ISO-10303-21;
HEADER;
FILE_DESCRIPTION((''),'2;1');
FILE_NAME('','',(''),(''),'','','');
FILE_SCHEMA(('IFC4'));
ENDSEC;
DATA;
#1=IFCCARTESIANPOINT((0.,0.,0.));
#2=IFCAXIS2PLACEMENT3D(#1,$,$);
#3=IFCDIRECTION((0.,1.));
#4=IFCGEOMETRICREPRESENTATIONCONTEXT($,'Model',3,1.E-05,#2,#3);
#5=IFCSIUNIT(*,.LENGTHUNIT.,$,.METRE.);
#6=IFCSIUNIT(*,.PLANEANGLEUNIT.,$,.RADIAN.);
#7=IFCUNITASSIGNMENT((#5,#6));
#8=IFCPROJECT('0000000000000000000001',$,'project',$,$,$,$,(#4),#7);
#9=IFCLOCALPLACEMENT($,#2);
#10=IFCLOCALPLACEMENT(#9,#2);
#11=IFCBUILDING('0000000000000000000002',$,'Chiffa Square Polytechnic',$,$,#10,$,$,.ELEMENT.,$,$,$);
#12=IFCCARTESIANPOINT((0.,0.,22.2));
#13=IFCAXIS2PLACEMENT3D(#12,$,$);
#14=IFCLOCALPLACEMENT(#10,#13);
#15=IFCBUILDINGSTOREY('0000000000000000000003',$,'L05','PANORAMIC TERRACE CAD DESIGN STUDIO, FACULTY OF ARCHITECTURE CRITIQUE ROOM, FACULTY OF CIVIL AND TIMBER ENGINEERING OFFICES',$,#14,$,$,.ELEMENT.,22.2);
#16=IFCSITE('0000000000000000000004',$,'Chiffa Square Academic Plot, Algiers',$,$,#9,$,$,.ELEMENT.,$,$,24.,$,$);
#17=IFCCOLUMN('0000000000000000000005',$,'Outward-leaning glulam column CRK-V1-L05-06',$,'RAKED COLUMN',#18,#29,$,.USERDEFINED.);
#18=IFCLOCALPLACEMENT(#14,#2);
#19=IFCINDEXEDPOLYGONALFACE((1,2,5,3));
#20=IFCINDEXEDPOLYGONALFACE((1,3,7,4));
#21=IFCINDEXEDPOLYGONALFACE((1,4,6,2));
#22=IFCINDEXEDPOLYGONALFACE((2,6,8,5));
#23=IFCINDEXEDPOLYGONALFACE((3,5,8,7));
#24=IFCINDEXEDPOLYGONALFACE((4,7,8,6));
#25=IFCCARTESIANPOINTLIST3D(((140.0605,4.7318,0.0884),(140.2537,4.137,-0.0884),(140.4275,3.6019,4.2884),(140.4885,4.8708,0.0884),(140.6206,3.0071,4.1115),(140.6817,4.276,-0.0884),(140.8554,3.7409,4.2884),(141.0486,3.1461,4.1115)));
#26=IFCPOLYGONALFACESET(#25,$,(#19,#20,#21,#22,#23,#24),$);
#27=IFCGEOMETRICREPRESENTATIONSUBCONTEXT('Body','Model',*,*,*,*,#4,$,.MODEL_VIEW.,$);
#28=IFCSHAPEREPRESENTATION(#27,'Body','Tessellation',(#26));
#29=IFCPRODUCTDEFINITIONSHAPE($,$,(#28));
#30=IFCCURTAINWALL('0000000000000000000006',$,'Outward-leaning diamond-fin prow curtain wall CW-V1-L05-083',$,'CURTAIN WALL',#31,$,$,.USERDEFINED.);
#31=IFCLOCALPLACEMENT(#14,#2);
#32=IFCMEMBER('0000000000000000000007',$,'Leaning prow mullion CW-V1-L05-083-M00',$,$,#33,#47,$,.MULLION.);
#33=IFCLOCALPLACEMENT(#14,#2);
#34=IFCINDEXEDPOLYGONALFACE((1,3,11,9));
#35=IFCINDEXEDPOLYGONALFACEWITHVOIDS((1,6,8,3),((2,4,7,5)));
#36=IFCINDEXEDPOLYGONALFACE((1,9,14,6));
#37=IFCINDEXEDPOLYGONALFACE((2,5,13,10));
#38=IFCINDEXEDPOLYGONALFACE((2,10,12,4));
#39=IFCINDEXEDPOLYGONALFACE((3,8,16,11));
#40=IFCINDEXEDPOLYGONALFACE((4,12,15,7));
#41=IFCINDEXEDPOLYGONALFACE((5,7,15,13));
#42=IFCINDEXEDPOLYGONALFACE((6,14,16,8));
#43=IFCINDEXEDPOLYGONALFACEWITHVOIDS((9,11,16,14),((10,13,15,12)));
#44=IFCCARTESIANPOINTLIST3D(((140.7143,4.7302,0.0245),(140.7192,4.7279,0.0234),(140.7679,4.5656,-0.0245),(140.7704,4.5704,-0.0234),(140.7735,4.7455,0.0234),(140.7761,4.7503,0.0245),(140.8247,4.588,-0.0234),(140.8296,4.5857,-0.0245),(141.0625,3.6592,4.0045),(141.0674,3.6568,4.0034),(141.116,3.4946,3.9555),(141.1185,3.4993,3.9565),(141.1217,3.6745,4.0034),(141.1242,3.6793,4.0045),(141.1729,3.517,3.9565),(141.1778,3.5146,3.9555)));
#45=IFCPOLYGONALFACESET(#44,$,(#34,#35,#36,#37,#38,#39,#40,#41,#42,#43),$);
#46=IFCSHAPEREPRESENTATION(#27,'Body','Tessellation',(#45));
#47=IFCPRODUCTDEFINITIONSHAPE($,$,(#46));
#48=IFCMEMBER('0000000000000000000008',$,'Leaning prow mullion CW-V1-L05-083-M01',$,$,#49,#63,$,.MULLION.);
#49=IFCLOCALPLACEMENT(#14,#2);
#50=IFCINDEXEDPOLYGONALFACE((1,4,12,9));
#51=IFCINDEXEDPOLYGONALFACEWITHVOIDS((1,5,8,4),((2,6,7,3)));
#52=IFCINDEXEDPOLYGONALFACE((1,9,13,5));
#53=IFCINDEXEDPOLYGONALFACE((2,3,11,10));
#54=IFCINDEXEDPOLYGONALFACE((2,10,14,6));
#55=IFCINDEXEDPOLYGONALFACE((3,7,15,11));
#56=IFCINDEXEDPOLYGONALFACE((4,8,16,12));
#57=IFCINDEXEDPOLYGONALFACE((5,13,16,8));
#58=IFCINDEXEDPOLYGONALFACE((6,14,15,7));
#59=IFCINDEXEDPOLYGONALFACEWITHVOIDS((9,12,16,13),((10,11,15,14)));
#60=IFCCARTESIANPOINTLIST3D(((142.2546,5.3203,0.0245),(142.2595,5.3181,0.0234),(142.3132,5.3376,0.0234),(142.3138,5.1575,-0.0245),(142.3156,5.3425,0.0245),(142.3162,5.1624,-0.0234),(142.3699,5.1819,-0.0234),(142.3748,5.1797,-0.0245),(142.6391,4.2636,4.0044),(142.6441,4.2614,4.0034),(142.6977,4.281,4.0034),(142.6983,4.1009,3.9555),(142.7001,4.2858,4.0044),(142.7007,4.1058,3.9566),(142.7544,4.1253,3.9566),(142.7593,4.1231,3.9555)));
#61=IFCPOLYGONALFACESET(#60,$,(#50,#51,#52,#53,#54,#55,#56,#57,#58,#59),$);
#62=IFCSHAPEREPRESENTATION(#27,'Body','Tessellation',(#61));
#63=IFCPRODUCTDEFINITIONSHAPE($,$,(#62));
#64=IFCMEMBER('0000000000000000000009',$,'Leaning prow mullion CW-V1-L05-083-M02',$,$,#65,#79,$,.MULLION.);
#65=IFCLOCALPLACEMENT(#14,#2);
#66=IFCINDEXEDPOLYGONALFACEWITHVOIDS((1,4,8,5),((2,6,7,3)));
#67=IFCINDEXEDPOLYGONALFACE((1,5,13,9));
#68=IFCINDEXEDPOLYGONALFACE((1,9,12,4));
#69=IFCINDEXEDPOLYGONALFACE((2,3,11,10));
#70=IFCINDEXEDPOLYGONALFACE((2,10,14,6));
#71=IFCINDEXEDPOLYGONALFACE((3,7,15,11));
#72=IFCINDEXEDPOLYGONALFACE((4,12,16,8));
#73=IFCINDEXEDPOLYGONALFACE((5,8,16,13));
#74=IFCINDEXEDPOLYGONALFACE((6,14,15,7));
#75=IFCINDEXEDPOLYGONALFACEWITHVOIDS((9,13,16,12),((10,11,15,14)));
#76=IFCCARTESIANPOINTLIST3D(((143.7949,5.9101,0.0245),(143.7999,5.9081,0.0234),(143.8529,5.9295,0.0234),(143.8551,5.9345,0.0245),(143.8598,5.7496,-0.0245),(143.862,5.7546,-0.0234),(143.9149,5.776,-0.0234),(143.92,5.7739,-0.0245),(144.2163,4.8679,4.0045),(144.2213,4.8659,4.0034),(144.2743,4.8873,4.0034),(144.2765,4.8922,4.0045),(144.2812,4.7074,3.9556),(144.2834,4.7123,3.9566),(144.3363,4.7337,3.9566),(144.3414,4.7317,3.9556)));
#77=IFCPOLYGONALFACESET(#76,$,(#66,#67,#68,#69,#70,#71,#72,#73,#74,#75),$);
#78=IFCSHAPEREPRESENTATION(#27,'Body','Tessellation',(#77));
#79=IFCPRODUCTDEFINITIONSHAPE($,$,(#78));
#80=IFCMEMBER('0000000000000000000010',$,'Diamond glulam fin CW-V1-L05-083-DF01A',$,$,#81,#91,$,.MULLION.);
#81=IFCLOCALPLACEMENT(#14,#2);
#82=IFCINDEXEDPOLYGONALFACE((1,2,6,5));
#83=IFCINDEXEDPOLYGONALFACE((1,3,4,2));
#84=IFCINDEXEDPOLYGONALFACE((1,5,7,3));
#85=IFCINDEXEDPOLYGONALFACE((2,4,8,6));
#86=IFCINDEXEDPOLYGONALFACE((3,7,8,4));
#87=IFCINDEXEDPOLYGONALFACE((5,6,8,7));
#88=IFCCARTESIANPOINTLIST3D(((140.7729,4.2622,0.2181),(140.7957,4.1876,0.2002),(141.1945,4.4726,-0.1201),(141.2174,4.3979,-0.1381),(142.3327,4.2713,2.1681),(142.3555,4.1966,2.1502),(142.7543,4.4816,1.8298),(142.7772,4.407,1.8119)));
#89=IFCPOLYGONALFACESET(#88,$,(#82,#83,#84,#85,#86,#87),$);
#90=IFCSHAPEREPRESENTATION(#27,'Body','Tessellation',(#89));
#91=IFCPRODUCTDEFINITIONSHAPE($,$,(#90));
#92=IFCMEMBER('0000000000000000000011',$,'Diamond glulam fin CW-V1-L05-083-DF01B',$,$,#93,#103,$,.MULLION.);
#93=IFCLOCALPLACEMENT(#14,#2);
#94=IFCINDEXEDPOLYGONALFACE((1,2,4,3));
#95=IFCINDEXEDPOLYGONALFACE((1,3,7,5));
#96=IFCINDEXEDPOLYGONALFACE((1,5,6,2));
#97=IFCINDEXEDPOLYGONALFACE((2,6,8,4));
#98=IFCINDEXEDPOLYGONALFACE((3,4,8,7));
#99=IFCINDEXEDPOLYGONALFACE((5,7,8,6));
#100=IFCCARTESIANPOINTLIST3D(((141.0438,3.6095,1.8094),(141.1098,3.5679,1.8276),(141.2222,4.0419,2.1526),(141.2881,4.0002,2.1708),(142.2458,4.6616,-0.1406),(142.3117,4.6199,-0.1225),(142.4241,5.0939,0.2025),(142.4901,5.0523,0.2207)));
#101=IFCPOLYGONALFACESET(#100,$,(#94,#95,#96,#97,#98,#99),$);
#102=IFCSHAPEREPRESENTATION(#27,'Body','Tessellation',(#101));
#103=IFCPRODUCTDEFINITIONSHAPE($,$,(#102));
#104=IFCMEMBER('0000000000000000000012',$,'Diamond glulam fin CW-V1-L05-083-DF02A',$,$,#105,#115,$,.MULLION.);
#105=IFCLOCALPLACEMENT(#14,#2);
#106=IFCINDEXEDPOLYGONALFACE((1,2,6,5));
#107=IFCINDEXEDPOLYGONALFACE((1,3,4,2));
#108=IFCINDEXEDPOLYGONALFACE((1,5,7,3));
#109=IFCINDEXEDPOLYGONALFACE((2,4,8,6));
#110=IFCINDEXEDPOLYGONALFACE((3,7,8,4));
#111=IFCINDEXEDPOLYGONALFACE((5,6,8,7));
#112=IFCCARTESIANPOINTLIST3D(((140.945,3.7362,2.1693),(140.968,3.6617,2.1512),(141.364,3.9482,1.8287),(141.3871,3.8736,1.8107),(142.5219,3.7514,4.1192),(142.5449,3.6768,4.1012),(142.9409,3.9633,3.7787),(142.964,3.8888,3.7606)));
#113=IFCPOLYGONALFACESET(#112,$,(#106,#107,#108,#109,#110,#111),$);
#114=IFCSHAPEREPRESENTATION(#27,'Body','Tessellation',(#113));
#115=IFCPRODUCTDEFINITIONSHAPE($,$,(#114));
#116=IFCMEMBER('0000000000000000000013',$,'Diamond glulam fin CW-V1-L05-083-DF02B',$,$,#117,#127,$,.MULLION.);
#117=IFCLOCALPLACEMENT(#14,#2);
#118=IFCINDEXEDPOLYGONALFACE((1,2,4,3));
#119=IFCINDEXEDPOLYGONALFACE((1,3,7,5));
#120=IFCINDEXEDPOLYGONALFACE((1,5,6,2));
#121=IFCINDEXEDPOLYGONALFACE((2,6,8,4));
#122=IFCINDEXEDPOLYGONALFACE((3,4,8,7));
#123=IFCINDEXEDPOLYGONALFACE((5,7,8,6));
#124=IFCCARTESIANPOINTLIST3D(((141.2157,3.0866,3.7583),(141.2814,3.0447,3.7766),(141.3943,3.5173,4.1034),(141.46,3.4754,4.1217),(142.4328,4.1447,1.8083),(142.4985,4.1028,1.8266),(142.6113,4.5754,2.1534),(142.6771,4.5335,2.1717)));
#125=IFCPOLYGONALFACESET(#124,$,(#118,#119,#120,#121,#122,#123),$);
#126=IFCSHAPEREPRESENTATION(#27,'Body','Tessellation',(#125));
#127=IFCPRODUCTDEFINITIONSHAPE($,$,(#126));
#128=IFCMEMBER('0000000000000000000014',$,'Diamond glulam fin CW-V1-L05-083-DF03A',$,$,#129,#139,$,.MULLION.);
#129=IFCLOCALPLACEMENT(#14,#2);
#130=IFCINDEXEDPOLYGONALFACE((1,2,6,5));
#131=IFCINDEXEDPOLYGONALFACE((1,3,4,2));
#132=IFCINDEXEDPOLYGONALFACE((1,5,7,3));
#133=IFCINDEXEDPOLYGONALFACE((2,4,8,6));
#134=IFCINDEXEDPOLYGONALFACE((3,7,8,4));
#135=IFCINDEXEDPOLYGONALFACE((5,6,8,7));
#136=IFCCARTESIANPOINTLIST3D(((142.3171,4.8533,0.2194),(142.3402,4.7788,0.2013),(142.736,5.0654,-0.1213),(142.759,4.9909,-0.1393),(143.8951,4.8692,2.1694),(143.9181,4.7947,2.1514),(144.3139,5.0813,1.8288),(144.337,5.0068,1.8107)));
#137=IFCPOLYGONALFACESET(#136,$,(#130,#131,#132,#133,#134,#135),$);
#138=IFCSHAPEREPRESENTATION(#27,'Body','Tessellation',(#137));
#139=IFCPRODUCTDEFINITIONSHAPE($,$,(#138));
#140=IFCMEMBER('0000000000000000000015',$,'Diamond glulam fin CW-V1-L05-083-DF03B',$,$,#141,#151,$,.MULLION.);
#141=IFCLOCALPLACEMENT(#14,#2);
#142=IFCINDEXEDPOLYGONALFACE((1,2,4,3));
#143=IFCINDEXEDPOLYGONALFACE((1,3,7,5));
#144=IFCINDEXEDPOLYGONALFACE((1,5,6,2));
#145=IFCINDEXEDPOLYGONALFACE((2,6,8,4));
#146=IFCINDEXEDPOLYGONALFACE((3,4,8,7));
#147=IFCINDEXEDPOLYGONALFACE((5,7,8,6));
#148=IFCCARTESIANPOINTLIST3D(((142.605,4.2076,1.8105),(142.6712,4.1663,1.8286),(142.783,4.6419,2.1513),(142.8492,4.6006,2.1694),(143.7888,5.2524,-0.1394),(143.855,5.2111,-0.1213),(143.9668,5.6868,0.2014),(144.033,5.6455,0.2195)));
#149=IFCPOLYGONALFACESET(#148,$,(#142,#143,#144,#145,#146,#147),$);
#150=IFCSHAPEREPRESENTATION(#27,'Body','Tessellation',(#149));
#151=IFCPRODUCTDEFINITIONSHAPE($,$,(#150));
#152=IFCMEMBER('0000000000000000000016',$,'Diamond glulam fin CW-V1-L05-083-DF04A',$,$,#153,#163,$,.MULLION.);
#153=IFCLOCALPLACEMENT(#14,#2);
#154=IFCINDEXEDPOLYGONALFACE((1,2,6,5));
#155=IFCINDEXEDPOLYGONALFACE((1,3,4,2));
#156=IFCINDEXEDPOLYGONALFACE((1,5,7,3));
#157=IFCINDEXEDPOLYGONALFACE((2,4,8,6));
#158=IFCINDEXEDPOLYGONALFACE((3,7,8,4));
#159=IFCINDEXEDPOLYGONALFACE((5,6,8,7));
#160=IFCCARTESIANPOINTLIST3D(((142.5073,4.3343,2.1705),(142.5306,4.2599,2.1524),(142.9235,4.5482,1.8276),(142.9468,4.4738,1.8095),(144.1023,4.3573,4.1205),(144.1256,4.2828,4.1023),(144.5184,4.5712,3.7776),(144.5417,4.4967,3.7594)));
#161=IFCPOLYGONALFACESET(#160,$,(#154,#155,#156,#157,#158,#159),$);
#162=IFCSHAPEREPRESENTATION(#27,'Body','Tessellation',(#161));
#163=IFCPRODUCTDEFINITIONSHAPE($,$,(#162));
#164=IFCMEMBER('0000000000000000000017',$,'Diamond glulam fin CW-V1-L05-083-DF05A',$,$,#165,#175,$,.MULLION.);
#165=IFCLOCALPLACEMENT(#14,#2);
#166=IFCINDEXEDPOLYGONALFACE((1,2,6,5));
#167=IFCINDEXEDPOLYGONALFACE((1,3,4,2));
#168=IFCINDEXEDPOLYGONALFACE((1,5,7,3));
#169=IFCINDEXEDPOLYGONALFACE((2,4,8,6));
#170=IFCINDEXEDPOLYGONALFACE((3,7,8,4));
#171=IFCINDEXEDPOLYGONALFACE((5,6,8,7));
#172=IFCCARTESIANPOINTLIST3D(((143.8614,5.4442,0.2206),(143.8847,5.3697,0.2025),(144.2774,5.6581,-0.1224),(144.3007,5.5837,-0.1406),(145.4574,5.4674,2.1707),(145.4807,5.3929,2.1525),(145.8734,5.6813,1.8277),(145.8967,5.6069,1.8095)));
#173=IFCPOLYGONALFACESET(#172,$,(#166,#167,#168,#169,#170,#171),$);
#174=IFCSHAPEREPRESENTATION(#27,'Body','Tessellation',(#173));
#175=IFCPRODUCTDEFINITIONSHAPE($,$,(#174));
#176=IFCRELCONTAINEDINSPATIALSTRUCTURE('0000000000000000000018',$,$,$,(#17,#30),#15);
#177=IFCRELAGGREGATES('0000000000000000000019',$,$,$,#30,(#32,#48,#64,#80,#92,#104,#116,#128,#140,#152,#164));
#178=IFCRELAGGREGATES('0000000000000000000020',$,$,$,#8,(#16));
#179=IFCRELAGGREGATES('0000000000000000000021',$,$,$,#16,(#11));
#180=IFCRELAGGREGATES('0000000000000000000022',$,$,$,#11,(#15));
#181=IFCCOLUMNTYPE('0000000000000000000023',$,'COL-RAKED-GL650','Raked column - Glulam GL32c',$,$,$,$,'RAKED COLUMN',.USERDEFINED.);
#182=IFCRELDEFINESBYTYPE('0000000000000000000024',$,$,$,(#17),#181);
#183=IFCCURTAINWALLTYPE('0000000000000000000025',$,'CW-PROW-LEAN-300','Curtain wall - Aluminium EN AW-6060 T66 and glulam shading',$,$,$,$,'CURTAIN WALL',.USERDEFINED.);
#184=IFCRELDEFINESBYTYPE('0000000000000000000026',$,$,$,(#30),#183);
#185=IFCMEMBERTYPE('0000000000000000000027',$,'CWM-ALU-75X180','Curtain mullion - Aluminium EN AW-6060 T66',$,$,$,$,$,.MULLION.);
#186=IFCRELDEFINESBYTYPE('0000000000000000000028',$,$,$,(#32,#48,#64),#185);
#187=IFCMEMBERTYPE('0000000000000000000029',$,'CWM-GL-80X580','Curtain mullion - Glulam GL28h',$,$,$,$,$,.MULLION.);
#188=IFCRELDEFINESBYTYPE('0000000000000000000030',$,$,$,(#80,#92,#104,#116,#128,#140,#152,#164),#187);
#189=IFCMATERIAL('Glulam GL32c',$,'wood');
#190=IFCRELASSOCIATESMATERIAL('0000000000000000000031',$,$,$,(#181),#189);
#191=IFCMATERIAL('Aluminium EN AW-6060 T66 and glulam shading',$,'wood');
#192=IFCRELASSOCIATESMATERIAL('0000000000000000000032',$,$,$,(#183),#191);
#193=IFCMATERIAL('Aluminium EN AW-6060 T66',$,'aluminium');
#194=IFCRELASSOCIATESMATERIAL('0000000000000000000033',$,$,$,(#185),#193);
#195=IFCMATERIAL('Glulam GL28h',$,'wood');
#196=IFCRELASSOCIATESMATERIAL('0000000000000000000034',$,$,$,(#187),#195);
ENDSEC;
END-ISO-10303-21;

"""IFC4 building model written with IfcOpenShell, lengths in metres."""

from ifc_helpers import new_model, si_unit, direction, frame, origin, origin_2d, place, context, subcontext, project, spatial, rectangle, hollow_rectangle, extrude, material, material_profile, profile_set, type_object, element, aggregate, save


model = new_model("IFC4")

# Units and contexts
model_context = context("Model", 3, precision=1e-05, world=origin(), true_north=direction((0.0, 1.0)))
body_context = subcontext(model_context, "Body", "Model", "MODEL_VIEW")
ifc_project = project(units=[si_unit("LENGTHUNIT", "METRE"), si_unit("PLANEANGLEUNIT", "RADIAN")], contexts=[model_context])

# Site, building, storey
site_placement = place(None, origin())
site = spatial("IfcSite", under=ifc_project, at=site_placement, Name="Chiffa Square Academic Plot, Algiers", CompositionType="ELEMENT", RefElevation=24.0)
building_placement = place(site_placement, origin())
building = spatial("IfcBuilding", under=site, at=building_placement, Name="Chiffa Square Polytechnic", CompositionType="ELEMENT")
storey_placement = place(building_placement, frame((0.0, 0.0, 22.2)))
storey = spatial("IfcBuildingStorey", under=building, at=storey_placement, Name="L05", Description="PANORAMIC TERRACE CAD DESIGN STUDIO, FACULTY OF ARCHITECTURE CRITIQUE ROOM, FACULTY OF CIVIL AND TIMBER ENGINEERING OFFICES", CompositionType="ELEMENT", Elevation=22.2)

# Column
ifc_material_1 = material(Name="Glulam GL32c", Category="wood")
ifc_material_profile_1 = material_profile(ifc_material_1, rectangle(XDim=0.45, YDim=0.6499, at=origin_2d()), Name="GL32c 450x650")
ifc_profile_set_1 = profile_set([ifc_material_profile_1], Name="Glulam GL32c")
column_type = type_object("IfcColumnType", Name="COL-RAKED-GL650", Description="Raked column - Glulam GL32c", ElementType="RAKED COLUMN", PredefinedType="USERDEFINED", material=ifc_profile_set_1)
column_placement = place(storey_placement, frame((140.3711, 4.5039, 0.0), z_axis=(0.08407, -0.258867, 0.962248), x_axis=(0.9511, 0.308882, 0.0)))
element("IfcColumn", 1, at=column_placement, inside=storey, type_object=column_type, Name="Outward-leaning glulam column CRK-V1-L05-06", ObjectType="RAKED COLUMN", PredefinedType="USERDEFINED", context=body_context, shape_type="SweptSolid", body=[
    extrude(rectangle(XDim=0.45, YDim=0.6499, at=origin_2d()), origin(), (0.0, 0.0, 1.0), 4.3647),
])

# Curtain wall, members
ifc_material_2 = material(Name="Aluminium EN AW-6060 T66 and glulam shading", Category="wood")
curtain_wall_type = type_object("IfcCurtainWallType", Name="CW-PROW-LEAN-300", Description="Curtain wall - Aluminium EN AW-6060 T66 and glulam shading", ElementType="CURTAIN WALL", PredefinedType="USERDEFINED", material=ifc_material_2)
curtain_wall_placement = place(storey_placement, origin())
curtain_wall = element("IfcCurtainWall", 2, at=curtain_wall_placement, inside=storey, type_object=curtain_wall_type, Name="Outward-leaning diamond-fin prow curtain wall CW-V1-L05-083", ObjectType="CURTAIN WALL", PredefinedType="USERDEFINED")
ifc_material_3 = material(Name="Aluminium EN AW-6060 T66", Category="aluminium")
ifc_material_profile_2 = material_profile(ifc_material_3, hollow_rectangle(XDim=0.0649, YDim=0.1799, WallThickness=0.0039, at=origin_2d()), Name="ALU 65x180x4")
ifc_profile_set_2 = profile_set([ifc_material_profile_2], Name="Aluminium EN AW-6060 T66")
member_type_1 = type_object("IfcMemberType", Name="CWM-ALU-75X180", Description="Curtain mullion - Aluminium EN AW-6060 T66", PredefinedType="MULLION", material=ifc_profile_set_2)
member_1_placement = place(storey_placement, frame((140.772, 4.658, 0.0), z_axis=(0.084169, -0.258941, 0.962219), x_axis=(0.95102, 0.30913, 0.0)))
member_1 = element("IfcMember", 3, at=member_1_placement, type_object=member_type_1, Name="Leaning prow mullion CW-V1-L05-083-M00", PredefinedType="MULLION", context=body_context, shape_type="SweptSolid", body=[
    extrude(hollow_rectangle(XDim=0.0649, YDim=0.1799, WallThickness=0.0039, at=origin_2d()), origin(), (0.0, 0.0, 1.0), 4.1362),
])
member_2_placement = place(storey_placement, frame((142.3147, 5.25, 0.0), z_axis=(0.092975, -0.255488, 0.962331), x_axis=(0.939711, 0.34197, 0.0)))
member_2 = element("IfcMember", 4, at=member_2_placement, type_object=member_type_1, Name="Leaning prow mullion CW-V1-L05-083-M01", PredefinedType="MULLION", context=body_context, shape_type="SweptSolid", body=[
    extrude(hollow_rectangle(XDim=0.0649, YDim=0.1799, WallThickness=0.0039, at=origin_2d()), origin(), (0.0, 0.0, 1.0), 4.1357),
])
member_3_placement = place(storey_placement, frame((143.8574, 5.842, 0.0), z_axis=(0.10189, -0.252009, 0.962346), x_axis=(0.927092, 0.374833, 0.0)))
member_3 = element("IfcMember", 5, at=member_3_placement, type_object=member_type_1, Name="Leaning prow mullion CW-V1-L05-083-M02", PredefinedType="MULLION", context=body_context, shape_type="SweptSolid", body=[
    extrude(hollow_rectangle(XDim=0.0649, YDim=0.1799, WallThickness=0.0039, at=origin_2d()), origin(), (0.0, 0.0, 1.0), 4.1357),
])
ifc_material_4 = material(Name="Glulam GL28h", Category="wood")
ifc_material_profile_3 = material_profile(ifc_material_4, rectangle(XDim=0.0801, YDim=0.5801, at=origin_2d()), Name="GL28h 80x580")
ifc_profile_set_3 = profile_set([ifc_material_profile_3], Name="Glulam GL28h")
member_type_2 = type_object("IfcMemberType", Name="CWM-GL-80X580", Description="Curtain mullion - Glulam GL28h", PredefinedType="MULLION", material=ifc_profile_set_3)
member_4_placement = place(storey_placement, frame((140.9951, 4.3301, 0.04), z_axis=(0.624655, 0.003618, 0.780892), x_axis=(-0.285249, 0.931944, 0.22386)))
member_4 = element("IfcMember", 6, at=member_4_placement, type_object=member_type_2, Name="Diamond glulam fin CW-V1-L05-083-DF01A", PredefinedType="MULLION", context=body_context, shape_type="SweptSolid", body=[
    extrude(rectangle(XDim=0.0801, YDim=0.5801, at=origin_2d()), origin(), (0.0, 0.0, 1.0), 2.4971),
])
member_5_placement = place(storey_placement, frame((142.3679, 4.8569, 0.04), z_axis=(-0.476826, -0.417356, 0.773596), x_axis=(0.823488, -0.519902, 0.22709)))
member_5 = element("IfcMember", 7, at=member_5_placement, type_object=member_type_2, Name="Diamond glulam fin CW-V1-L05-083-DF01B", PredefinedType="MULLION", context=body_context, shape_type="SweptSolid", body=[
    extrude(rectangle(XDim=0.0801, YDim=0.5801, at=origin_2d()), origin(), (0.0, 0.0, 1.0), 2.5208),
])
member_6_placement = place(storey_placement, frame((141.166, 3.8049, 1.99), z_axis=(0.628795, 0.006036, 0.777548), x_axis=(-0.287596, 0.930863, 0.22535)))
member_6 = element("IfcMember", 8, at=member_6_placement, type_object=member_type_2, Name="Diamond glulam fin CW-V1-L05-083-DF02A", PredefinedType="MULLION", context=body_context, shape_type="SweptSolid", body=[
    extrude(rectangle(XDim=0.0801, YDim=0.5801, at=origin_2d()), origin(), (0.0, 0.0, 1.0), 2.5078),
])
member_7_placement = place(storey_placement, frame((142.5549, 4.3391, 1.99), z_axis=(-0.480962, -0.418152, 0.7706), x_axis=(0.820939, -0.523349, 0.228395)))
member_7 = element("IfcMember", 9, at=member_7_placement, type_object=member_type_2, Name="Diamond glulam fin CW-V1-L05-083-DF02B", PredefinedType="MULLION", context=body_context, shape_type="SweptSolid", body=[
    extrude(rectangle(XDim=0.0801, YDim=0.5801, at=origin_2d()), origin(), (0.0, 0.0, 1.0), 2.5305),
])
member_8_placement = place(storey_placement, frame((142.5381, 4.9221, 0.04), z_axis=(0.629029, 0.006326, 0.777356), x_axis=(-0.287954, 0.930732, 0.225435)))
member_8 = element("IfcMember", 10, at=member_8_placement, type_object=member_type_2, Name="Diamond glulam fin CW-V1-L05-083-DF03A", PredefinedType="MULLION", context=body_context, shape_type="SweptSolid", body=[
    extrude(rectangle(XDim=0.0801, YDim=0.5801, at=origin_2d()), origin(), (0.0, 0.0, 1.0), 2.5085),
])
member_9_placement = place(storey_placement, frame((143.9109, 5.449, 0.04), z_axis=(-0.471815, -0.416451, 0.777148), x_axis=(0.826598, -0.515628, 0.225527)))
member_9 = element("IfcMember", 11, at=member_9_placement, type_object=member_type_2, Name="Diamond glulam fin CW-V1-L05-083-DF03B", PredefinedType="MULLION", context=body_context, shape_type="SweptSolid", body=[
    extrude(rectangle(XDim=0.0801, YDim=0.5801, at=origin_2d()), origin(), (0.0, 0.0, 1.0), 2.509),
])
member_10_placement = place(storey_placement, frame((142.7271, 4.4041, 1.99), z_axis=(0.633106, 0.009109, 0.774012), x_axis=(-0.290784, 0.929493, 0.226908)))
member_10 = element("IfcMember", 12, at=member_10_placement, type_object=member_type_2, Name="Diamond glulam fin CW-V1-L05-083-DF04A", PredefinedType="MULLION", context=body_context, shape_type="SweptSolid", body=[
    extrude(rectangle(XDim=0.0801, YDim=0.5801, at=origin_2d()), origin(), (0.0, 0.0, 1.0), 2.5193),
])
member_11_placement = place(storey_placement, frame((144.0811, 5.5139, 0.04), z_axis=(0.633338, 0.009204, 0.773821), x_axis=(-0.290849, 0.929452, 0.226992)))
member_11 = element("IfcMember", 13, at=member_11_placement, type_object=member_type_2, Name="Diamond glulam fin CW-V1-L05-083-DF05A", PredefinedType="MULLION", context=body_context, shape_type="SweptSolid", body=[
    extrude(rectangle(XDim=0.0801, YDim=0.5801, at=origin_2d()), origin(), (0.0, 0.0, 1.0), 2.52),
])

aggregate(curtain_wall, [member_1, member_2, member_3, member_4, member_5, member_6, member_7, member_8, member_9, member_10, member_11])

save(model, "model.ifc")
